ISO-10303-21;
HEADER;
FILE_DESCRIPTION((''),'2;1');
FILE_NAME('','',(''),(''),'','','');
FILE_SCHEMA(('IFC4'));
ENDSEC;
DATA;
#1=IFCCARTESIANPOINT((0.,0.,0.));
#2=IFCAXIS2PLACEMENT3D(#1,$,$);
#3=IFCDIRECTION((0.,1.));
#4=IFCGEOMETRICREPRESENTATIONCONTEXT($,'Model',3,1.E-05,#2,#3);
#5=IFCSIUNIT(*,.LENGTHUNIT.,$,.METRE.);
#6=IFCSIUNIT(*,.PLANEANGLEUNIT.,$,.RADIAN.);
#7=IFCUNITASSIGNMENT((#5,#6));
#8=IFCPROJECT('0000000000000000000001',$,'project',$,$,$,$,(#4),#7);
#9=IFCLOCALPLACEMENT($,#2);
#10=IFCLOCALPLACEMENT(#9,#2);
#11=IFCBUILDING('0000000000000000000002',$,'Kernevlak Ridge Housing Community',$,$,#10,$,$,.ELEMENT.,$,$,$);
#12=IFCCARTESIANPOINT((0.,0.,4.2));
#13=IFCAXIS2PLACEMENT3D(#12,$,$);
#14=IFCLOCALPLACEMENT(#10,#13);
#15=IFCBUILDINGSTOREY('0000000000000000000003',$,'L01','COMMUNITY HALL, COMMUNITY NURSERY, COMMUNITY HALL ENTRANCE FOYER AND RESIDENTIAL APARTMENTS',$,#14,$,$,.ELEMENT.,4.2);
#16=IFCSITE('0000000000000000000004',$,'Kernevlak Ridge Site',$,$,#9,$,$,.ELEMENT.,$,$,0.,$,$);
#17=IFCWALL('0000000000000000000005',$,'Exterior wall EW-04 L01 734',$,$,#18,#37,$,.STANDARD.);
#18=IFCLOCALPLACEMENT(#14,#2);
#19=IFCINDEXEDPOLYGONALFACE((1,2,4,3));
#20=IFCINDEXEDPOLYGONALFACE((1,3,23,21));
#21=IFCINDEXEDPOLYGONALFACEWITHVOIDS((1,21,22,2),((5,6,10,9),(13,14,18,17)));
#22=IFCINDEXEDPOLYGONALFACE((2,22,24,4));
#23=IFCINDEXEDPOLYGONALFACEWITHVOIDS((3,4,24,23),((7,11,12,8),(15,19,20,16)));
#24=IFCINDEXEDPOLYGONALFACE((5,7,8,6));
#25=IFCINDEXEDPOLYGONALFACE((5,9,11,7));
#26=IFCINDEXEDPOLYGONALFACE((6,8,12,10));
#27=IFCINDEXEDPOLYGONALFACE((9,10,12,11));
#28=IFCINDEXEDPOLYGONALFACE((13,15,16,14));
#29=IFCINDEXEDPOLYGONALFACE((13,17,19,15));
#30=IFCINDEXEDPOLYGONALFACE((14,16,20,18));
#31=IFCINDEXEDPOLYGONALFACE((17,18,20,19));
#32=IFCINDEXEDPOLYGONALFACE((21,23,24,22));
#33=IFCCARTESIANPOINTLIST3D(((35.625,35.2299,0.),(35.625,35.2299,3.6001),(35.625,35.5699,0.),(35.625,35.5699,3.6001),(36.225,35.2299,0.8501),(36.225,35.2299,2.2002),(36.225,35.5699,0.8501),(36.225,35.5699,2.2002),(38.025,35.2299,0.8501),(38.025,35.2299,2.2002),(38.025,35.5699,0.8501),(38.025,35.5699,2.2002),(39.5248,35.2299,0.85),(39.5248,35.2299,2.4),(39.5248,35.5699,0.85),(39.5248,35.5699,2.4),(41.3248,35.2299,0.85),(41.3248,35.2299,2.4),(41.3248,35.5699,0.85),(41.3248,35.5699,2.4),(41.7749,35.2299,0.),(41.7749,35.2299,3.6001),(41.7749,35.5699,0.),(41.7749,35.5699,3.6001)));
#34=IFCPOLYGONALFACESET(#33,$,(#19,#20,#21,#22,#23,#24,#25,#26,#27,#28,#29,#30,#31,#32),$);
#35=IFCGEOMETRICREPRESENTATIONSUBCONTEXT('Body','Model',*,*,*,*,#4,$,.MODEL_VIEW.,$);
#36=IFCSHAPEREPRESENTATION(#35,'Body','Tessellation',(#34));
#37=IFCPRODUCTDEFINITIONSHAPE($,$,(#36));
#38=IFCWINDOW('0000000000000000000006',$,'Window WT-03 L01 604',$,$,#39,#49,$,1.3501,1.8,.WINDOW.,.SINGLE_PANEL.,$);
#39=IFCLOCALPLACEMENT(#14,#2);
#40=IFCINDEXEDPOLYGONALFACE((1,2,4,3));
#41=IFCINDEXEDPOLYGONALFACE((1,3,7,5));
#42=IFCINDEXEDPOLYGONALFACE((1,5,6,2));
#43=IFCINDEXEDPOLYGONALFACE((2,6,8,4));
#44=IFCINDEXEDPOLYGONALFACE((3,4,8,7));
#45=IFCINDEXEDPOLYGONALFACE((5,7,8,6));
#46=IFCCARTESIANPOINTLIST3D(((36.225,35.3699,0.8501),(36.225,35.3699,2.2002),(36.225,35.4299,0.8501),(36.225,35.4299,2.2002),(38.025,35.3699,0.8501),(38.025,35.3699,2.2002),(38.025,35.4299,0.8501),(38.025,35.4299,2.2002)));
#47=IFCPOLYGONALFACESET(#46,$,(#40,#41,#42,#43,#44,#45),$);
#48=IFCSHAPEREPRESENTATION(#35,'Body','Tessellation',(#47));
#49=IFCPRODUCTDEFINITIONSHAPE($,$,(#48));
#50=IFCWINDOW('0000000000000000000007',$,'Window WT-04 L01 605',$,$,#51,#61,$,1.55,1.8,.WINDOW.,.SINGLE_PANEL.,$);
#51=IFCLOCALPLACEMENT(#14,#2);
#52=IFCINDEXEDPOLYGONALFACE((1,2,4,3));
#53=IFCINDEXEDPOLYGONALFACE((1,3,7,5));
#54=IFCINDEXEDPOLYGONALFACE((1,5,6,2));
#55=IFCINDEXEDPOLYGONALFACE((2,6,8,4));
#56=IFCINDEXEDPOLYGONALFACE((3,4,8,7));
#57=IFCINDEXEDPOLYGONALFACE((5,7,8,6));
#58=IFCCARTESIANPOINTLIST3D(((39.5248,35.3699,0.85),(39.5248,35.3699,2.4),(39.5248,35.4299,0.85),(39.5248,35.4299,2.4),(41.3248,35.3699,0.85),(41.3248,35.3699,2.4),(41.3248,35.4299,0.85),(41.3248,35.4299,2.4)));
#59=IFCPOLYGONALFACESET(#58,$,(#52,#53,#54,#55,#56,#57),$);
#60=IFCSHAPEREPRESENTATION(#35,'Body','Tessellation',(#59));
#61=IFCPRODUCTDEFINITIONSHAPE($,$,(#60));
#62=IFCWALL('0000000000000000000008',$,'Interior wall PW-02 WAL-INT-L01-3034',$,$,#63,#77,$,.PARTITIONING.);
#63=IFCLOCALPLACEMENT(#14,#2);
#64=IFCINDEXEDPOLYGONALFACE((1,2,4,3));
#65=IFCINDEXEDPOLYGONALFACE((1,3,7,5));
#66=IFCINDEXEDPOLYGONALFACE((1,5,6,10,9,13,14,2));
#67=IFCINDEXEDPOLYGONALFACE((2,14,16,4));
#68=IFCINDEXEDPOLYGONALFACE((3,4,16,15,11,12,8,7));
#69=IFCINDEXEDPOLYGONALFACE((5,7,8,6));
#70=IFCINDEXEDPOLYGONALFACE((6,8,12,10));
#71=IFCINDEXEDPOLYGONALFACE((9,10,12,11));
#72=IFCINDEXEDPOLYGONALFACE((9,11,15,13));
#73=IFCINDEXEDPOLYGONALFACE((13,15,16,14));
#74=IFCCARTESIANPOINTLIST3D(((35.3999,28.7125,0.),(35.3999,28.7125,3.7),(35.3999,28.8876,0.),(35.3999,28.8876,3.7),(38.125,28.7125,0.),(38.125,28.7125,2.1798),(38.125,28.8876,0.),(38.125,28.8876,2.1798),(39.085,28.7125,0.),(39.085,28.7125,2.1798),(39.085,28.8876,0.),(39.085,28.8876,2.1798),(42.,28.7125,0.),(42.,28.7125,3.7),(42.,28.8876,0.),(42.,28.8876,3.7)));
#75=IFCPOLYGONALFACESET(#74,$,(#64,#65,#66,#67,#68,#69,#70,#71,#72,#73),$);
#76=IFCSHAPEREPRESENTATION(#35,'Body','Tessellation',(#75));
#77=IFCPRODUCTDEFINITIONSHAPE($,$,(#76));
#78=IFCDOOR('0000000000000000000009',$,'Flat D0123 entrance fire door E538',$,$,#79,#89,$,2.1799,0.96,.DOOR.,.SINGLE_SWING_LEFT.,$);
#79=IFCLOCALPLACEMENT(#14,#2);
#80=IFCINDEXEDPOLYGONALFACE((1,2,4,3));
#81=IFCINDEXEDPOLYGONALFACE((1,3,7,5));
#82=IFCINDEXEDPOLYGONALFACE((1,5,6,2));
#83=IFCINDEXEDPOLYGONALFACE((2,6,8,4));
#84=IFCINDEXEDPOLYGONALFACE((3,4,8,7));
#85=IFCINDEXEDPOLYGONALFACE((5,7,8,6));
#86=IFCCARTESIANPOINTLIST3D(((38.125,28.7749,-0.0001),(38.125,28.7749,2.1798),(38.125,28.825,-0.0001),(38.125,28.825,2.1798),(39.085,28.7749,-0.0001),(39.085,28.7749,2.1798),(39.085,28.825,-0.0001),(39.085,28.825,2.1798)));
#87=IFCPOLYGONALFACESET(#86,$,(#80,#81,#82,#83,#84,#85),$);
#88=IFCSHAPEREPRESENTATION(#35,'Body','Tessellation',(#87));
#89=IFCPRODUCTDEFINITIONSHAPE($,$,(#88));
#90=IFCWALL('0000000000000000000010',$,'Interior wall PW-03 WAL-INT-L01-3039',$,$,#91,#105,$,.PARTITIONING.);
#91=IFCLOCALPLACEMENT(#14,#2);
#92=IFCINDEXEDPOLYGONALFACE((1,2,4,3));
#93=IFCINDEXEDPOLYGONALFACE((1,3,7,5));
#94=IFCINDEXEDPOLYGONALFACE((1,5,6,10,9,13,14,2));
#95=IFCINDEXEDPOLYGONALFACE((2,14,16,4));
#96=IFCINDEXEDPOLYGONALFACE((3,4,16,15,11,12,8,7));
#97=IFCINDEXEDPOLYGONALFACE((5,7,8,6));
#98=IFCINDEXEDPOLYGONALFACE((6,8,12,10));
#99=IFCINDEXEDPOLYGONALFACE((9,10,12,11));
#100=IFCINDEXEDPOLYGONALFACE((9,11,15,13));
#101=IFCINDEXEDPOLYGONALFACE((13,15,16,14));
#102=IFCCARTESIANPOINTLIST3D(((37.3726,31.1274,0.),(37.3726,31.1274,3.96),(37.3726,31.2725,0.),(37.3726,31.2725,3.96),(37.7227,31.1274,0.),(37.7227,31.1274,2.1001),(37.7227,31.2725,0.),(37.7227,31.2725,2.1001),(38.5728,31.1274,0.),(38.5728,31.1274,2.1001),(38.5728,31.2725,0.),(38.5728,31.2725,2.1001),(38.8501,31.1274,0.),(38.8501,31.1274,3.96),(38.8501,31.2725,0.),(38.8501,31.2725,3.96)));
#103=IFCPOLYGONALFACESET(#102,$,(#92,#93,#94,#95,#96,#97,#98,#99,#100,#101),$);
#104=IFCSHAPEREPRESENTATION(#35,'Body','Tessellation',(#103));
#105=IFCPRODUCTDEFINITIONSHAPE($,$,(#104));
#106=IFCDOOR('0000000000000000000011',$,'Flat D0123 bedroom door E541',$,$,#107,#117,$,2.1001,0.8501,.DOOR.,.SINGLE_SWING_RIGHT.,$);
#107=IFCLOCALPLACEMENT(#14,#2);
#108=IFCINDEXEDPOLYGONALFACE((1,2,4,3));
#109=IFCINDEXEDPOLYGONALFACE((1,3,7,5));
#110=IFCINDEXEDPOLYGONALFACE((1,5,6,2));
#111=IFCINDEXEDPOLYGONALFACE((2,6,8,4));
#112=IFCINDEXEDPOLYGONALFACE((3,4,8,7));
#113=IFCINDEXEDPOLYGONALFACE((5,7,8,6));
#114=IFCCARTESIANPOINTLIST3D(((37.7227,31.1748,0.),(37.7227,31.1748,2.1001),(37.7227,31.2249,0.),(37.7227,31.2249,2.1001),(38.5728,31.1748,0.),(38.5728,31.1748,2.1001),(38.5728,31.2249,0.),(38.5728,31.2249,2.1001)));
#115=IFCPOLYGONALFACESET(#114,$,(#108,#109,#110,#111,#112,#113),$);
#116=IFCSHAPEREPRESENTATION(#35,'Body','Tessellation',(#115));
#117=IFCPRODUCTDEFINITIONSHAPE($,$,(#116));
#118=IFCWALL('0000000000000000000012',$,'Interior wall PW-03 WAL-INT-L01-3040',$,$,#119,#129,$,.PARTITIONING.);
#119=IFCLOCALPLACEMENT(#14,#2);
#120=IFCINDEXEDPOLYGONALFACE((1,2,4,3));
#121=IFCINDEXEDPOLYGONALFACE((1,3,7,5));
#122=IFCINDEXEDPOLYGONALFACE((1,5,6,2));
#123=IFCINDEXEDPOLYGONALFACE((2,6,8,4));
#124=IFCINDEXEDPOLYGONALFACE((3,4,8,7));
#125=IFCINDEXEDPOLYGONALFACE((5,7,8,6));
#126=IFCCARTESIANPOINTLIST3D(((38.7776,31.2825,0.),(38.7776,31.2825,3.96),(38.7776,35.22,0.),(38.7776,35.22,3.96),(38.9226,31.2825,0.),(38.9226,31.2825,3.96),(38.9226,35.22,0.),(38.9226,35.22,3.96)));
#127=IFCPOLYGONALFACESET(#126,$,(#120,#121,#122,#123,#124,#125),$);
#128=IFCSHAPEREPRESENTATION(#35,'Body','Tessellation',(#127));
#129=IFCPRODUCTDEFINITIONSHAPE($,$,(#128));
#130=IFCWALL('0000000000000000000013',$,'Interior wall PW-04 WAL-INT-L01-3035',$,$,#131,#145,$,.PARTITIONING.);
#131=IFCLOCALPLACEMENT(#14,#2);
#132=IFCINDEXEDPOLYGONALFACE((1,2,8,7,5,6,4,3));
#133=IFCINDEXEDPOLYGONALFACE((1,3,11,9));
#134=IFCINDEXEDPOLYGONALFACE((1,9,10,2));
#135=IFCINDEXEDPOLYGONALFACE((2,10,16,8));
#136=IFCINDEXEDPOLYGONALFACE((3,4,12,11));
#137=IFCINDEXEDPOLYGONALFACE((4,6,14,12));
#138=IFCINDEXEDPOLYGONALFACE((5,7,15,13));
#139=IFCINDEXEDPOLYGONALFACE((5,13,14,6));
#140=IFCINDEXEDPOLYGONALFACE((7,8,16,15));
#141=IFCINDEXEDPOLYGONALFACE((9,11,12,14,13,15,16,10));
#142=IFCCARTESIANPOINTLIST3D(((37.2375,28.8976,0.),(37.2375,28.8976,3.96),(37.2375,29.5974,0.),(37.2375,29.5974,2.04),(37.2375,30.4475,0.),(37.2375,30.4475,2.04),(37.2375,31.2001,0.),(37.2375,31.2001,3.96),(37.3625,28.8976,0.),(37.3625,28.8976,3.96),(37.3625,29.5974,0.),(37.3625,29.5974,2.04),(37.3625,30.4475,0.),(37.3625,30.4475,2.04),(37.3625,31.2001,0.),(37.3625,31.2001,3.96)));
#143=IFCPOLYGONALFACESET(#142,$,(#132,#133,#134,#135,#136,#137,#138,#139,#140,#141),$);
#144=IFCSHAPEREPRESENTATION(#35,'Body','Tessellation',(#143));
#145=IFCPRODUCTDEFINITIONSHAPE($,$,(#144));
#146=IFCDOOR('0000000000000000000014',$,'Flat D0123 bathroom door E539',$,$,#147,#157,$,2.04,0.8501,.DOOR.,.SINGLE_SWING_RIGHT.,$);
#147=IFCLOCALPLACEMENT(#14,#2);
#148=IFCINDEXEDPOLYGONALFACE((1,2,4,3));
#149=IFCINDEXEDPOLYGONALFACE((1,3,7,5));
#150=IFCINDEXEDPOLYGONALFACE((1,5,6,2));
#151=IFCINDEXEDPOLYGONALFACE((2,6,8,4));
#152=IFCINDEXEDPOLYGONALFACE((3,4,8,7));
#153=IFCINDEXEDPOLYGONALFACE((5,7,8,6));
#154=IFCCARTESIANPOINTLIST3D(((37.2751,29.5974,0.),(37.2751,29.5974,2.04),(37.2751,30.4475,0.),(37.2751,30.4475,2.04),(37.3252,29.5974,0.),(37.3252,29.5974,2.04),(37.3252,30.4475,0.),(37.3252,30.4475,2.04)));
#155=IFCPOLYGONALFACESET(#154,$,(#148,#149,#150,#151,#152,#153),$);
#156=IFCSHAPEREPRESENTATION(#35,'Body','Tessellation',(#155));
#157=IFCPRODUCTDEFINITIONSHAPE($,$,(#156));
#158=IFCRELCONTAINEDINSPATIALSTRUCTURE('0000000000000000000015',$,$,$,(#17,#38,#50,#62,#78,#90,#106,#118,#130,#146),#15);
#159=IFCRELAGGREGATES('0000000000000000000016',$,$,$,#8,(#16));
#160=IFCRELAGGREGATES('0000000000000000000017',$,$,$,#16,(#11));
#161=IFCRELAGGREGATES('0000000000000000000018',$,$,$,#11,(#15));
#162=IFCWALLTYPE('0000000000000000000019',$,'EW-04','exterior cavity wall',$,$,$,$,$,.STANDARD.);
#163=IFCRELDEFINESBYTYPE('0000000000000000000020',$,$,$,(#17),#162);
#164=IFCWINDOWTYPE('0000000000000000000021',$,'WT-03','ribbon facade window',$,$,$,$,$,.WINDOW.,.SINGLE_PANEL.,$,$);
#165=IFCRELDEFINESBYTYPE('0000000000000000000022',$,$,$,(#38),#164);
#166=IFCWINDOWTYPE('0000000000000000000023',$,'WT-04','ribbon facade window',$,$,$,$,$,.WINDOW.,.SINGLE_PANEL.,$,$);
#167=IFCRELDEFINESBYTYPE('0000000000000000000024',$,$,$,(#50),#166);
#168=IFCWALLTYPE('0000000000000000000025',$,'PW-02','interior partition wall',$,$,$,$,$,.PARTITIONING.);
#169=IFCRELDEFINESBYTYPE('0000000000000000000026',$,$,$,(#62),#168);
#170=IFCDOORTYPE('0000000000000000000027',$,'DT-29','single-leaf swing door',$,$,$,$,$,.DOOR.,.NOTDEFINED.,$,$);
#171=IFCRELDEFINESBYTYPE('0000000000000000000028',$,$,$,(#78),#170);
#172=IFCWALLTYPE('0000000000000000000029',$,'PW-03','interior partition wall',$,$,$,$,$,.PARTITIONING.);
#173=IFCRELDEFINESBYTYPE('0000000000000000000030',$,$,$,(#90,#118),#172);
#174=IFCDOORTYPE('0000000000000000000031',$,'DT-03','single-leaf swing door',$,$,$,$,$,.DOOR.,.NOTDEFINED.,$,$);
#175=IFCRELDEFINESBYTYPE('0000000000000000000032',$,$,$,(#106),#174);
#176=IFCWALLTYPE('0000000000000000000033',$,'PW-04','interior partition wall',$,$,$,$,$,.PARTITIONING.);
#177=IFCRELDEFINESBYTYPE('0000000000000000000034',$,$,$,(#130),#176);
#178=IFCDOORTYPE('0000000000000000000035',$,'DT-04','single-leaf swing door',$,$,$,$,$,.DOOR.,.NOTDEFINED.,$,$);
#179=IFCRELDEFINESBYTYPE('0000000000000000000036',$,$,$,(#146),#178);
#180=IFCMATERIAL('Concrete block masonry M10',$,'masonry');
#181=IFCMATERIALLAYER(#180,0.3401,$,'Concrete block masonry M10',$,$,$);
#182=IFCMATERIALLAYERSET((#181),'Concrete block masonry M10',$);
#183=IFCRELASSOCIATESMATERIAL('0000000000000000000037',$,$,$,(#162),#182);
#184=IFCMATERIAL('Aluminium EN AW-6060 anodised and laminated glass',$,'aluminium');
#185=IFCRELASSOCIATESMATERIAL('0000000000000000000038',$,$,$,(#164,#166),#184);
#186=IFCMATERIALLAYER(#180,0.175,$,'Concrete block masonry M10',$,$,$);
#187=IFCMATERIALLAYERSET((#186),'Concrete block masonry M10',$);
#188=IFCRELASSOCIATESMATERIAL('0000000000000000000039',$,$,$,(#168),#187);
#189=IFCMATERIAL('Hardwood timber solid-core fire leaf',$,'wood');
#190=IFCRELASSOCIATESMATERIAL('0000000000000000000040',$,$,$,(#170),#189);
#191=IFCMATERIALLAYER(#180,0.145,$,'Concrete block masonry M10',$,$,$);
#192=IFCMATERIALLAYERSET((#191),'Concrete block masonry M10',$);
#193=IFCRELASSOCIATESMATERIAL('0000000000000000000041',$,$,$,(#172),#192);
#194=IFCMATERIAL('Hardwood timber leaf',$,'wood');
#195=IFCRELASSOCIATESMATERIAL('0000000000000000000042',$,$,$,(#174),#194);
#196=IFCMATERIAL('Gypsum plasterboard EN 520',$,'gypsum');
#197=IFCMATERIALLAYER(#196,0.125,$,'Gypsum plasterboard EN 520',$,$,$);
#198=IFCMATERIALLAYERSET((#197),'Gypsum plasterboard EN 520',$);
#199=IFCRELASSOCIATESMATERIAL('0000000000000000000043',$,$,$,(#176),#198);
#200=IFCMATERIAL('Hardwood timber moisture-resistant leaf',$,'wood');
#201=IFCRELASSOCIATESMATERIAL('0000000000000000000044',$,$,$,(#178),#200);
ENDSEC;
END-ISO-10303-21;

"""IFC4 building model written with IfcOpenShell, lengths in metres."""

from ifc_helpers import new_model, si_unit, direction, frame, frame_2d, origin, place, context, subcontext, project, spatial, rectangle, extrude, material, layer, layer_set, type_object, element, fill, save


model = new_model("IFC4")

# Units and contexts
model_context = context("Model", 3, precision=1e-05, world=origin(), true_north=direction((0.0, 1.0)))
body_context = subcontext(model_context, "Body", "Model", "MODEL_VIEW")
ifc_project = project(units=[si_unit("LENGTHUNIT", "METRE"), si_unit("PLANEANGLEUNIT", "RADIAN")], contexts=[model_context])

# Site, building, storey
site_placement = place(None, origin())
site = spatial("IfcSite", under=ifc_project, at=site_placement, Name="Kernevlak Ridge Site", CompositionType="ELEMENT", RefElevation=0.0)
building_placement = place(site_placement, origin())
building = spatial("IfcBuilding", under=site, at=building_placement, Name="Kernevlak Ridge Housing Community", CompositionType="ELEMENT")
storey_placement = place(building_placement, frame((0.0, 0.0, 4.2)))
storey = spatial("IfcBuildingStorey", under=building, at=storey_placement, Name="L01", Description="COMMUNITY HALL, COMMUNITY NURSERY, COMMUNITY HALL ENTRANCE FOYER AND RESIDENTIAL APARTMENTS", CompositionType="ELEMENT", Elevation=4.2)

# Shared definitions
ifc_material_1 = material(Name="Aluminium EN AW-6060 anodised and laminated glass", Category="aluminium")

# Wall, openings, windows
ifc_material_2 = material(Name="Concrete block masonry M10", Category="masonry")
ifc_layer_1 = layer(ifc_material_2, 0.3401, Name="Concrete block masonry M10")
ifc_layer_set_1 = layer_set([ifc_layer_1], Name="Concrete block masonry M10")
wall_type_1 = type_object("IfcWallType", Name="EW-04", Description="exterior cavity wall", PredefinedType="STANDARD", material=ifc_layer_set_1)
wall_1_placement = place(storey_placement, frame((35.625, 35.3999, 0.0), z_axis=(0.0, 0.0, 1.0), x_axis=(1.0, 0.0, 0.0)))
wall_1 = element("IfcWall", 1, at=wall_1_placement, inside=storey, type_object=wall_type_1, Name="Exterior wall EW-04 L01 734", PredefinedType="STANDARD", context=body_context, shape_type="SweptSolid", body=[
    extrude(rectangle(XDim=6.1499, YDim=0.3401, at=frame_2d((3.075, 0.0))), origin(), (0.0, 0.0, 1.0), 3.6001),
])
opening_1_placement = place(wall_1_placement, frame((0.6001, 0.0, 0.8501)))
opening_1 = element("IfcOpeningElement", 2, at=opening_1_placement, cuts=wall_1, PredefinedType="OPENING", context=body_context, shape_type="SweptSolid", body=[
    extrude(rectangle(XDim=1.8, YDim=1.3501, at=frame_2d((0.8999, 0.675))), frame((0.0, 0.1799, 0.0), z_axis=(0.0, -1.0, 0.0), x_axis=(1.0, 0.0, 0.0)), (0.0, 0.0, 1.0), 0.3601),
])
opening_2_placement = place(wall_1_placement, frame((3.8999, 0.0, 0.8501)))
opening_2 = element("IfcOpeningElement", 3, at=opening_2_placement, cuts=wall_1, PredefinedType="OPENING", context=body_context, shape_type="SweptSolid", body=[
    extrude(rectangle(XDim=1.8, YDim=1.55, at=frame_2d((0.8999, 0.7749))), frame((0.0, 0.1799, 0.0), z_axis=(0.0, -1.0, 0.0), x_axis=(1.0, 0.0, 0.0)), (0.0, 0.0, 1.0), 0.3601),
])
window_type_1 = type_object("IfcWindowType", Name="WT-03", Description="ribbon facade window", PartitioningType="SINGLE_PANEL", PredefinedType="WINDOW", material=ifc_material_1)
window_1_placement = place(opening_1_placement, origin())
window_1 = element("IfcWindow", 4, at=window_1_placement, inside=storey, type_object=window_type_1, Name="Window WT-03 L01 604", OverallHeight=1.3501, OverallWidth=1.8, PartitioningType="SINGLE_PANEL", PredefinedType="WINDOW", context=body_context, shape_type="SweptSolid", body=[
    extrude(rectangle(XDim=1.8, YDim=1.3501, at=frame_2d((0.8999, 0.675))), frame((0.0, 0.03, 0.0), z_axis=(0.0, -1.0, 0.0), x_axis=(1.0, 0.0, 0.0)), (0.0, 0.0, 1.0), 0.0601),
])
fill(opening_1, window_1)
window_type_2 = type_object("IfcWindowType", Name="WT-04", Description="ribbon facade window", PartitioningType="SINGLE_PANEL", PredefinedType="WINDOW", material=ifc_material_1)
window_2_placement = place(opening_2_placement, origin())
window_2 = element("IfcWindow", 5, at=window_2_placement, inside=storey, type_object=window_type_2, Name="Window WT-04 L01 605", OverallHeight=1.55, OverallWidth=1.8, PartitioningType="SINGLE_PANEL", PredefinedType="WINDOW", context=body_context, shape_type="SweptSolid", body=[
    extrude(rectangle(XDim=1.8, YDim=1.55, at=frame_2d((0.8999, 0.7749))), frame((0.0, 0.03, 0.0), z_axis=(0.0, -1.0, 0.0), x_axis=(1.0, 0.0, 0.0)), (0.0, 0.0, 1.0), 0.0601),
])
fill(opening_2, window_2)

# Walls, openings, doors
ifc_layer_2 = layer(ifc_material_2, 0.175, Name="Concrete block masonry M10")
ifc_layer_set_2 = layer_set([ifc_layer_2], Name="Concrete block masonry M10")
wall_type_2 = type_object("IfcWallType", Name="PW-02", Description="interior partition wall", PredefinedType="PARTITIONING", material=ifc_layer_set_2)
wall_2_placement = place(storey_placement, frame((35.3999, 28.8, 0.0), z_axis=(0.0, 0.0, 1.0), x_axis=(1.0, 0.0, 0.0)))
wall_2 = element("IfcWall", 6, at=wall_2_placement, inside=storey, type_object=wall_type_2, Name="Interior wall PW-02 WAL-INT-L01-3034", PredefinedType="PARTITIONING", context=body_context, shape_type="SweptSolid", body=[
    extrude(rectangle(XDim=6.6001, YDim=0.175, at=frame_2d((3.3, 0.0))), origin(), (0.0, 0.0, 1.0), 3.7),
])
opening_3_placement = place(wall_2_placement, frame((2.7251, 0.0, 0.0)))
opening_3 = element("IfcOpeningElement", 7, at=opening_3_placement, cuts=wall_2, PredefinedType="OPENING", context=body_context, shape_type="SweptSolid", body=[
    extrude(rectangle(XDim=0.96, YDim=2.1799, at=frame_2d((0.48, 1.0898))), frame((0.0, 0.0974, 0.0), z_axis=(0.0, -1.0, 0.0), x_axis=(1.0, 0.0, 0.0)), (0.0, 0.0, 1.0), 0.1951),
])
ifc_material_3 = material(Name="Hardwood timber solid-core fire leaf", Category="wood")
door_type_1 = type_object("IfcDoorType", Name="DT-29", Description="single-leaf swing door", OperationType="NOTDEFINED", PredefinedType="DOOR", material=ifc_material_3)
door_1_placement = place(opening_3_placement, origin())
door_1 = element("IfcDoor", 8, at=door_1_placement, inside=storey, type_object=door_type_1, Name="Flat D0123 entrance fire door E538", OperationType="SINGLE_SWING_LEFT", OverallHeight=2.1799, OverallWidth=0.96, PredefinedType="DOOR", context=body_context, shape_type="SweptSolid", body=[
    extrude(rectangle(XDim=0.96, YDim=2.1799, at=frame_2d((0.48, 1.0898))), frame((0.0, 0.0249, 0.0), z_axis=(0.0, -1.0, 0.0), x_axis=(1.0, 0.0, 0.0)), (0.0, 0.0, 1.0), 0.05),
])
fill(opening_3, door_1)
ifc_layer_3 = layer(ifc_material_2, 0.145, Name="Concrete block masonry M10")
ifc_layer_set_3 = layer_set([ifc_layer_3], Name="Concrete block masonry M10")
wall_type_3 = type_object("IfcWallType", Name="PW-03", Description="interior partition wall", PredefinedType="PARTITIONING", material=ifc_layer_set_3)
wall_3_placement = place(storey_placement, frame((37.3726, 31.2, 0.0), z_axis=(0.0, 0.0, 1.0), x_axis=(1.0, 0.0, 0.0)))
wall_3 = element("IfcWall", 9, at=wall_3_placement, inside=storey, type_object=wall_type_3, Name="Interior wall PW-03 WAL-INT-L01-3039", PredefinedType="PARTITIONING", context=body_context, shape_type="SweptSolid", body=[
    extrude(rectangle(XDim=1.4775, YDim=0.145, at=frame_2d((0.7388, 0.0))), origin(), (0.0, 0.0, 1.0), 3.96),
])
opening_4_placement = place(wall_3_placement, frame((0.3501, 0.0, 0.0)))
opening_4 = element("IfcOpeningElement", 10, at=opening_4_placement, cuts=wall_3, PredefinedType="OPENING", context=body_context, shape_type="SweptSolid", body=[
    extrude(rectangle(XDim=0.8501, YDim=2.1001, at=frame_2d((0.425, 1.05))), frame((0.0, 0.0825, 0.0), z_axis=(0.0, -1.0, 0.0), x_axis=(1.0, 0.0, 0.0)), (0.0, 0.0, 1.0), 0.165),
])
ifc_material_4 = material(Name="Hardwood timber leaf", Category="wood")
door_type_2 = type_object("IfcDoorType", Name="DT-03", Description="single-leaf swing door", OperationType="NOTDEFINED", PredefinedType="DOOR", material=ifc_material_4)
door_2_placement = place(opening_4_placement, origin())
door_2 = element("IfcDoor", 11, at=door_2_placement, inside=storey, type_object=door_type_2, Name="Flat D0123 bedroom door E541", OperationType="SINGLE_SWING_RIGHT", OverallHeight=2.1001, OverallWidth=0.8501, PredefinedType="DOOR", context=body_context, shape_type="SweptSolid", body=[
    extrude(rectangle(XDim=0.8501, YDim=2.1001, at=frame_2d((0.425, 1.05))), frame((0.0, 0.0249, 0.0), z_axis=(0.0, -1.0, 0.0), x_axis=(1.0, 0.0, 0.0)), (0.0, 0.0, 1.0), 0.05),
])
fill(opening_4, door_2)

# Wall
wall_4_placement = place(storey_placement, frame((38.8501, 31.2825, 0.0), z_axis=(0.0, 0.0, 1.0), x_axis=(0.0, 1.0, 0.0)))
element("IfcWall", 12, at=wall_4_placement, inside=storey, type_object=wall_type_3, Name="Interior wall PW-03 WAL-INT-L01-3040", PredefinedType="PARTITIONING", context=body_context, shape_type="SweptSolid", body=[
    extrude(rectangle(XDim=3.9375, YDim=0.145, at=frame_2d((1.9688, 0.0))), origin(), (0.0, 0.0, 1.0), 3.96),
])

# Wall, opening, door
ifc_material_5 = material(Name="Gypsum plasterboard EN 520", Category="gypsum")
ifc_layer_4 = layer(ifc_material_5, 0.125, Name="Gypsum plasterboard EN 520")
ifc_layer_set_4 = layer_set([ifc_layer_4], Name="Gypsum plasterboard EN 520")
wall_type_4 = type_object("IfcWallType", Name="PW-04", Description="interior partition wall", PredefinedType="PARTITIONING", material=ifc_layer_set_4)
wall_5_placement = place(storey_placement, frame((37.3, 28.8975, 0.0), z_axis=(0.0, 0.0, 1.0), x_axis=(0.0, 1.0, 0.0)))
wall_5 = element("IfcWall", 13, at=wall_5_placement, inside=storey, type_object=wall_type_4, Name="Interior wall PW-04 WAL-INT-L01-3035", PredefinedType="PARTITIONING", context=body_context, shape_type="SweptSolid", body=[
    extrude(rectangle(XDim=2.3025, YDim=0.125, at=frame_2d((1.1514, 0.0))), origin(), (0.0, 0.0, 1.0), 3.96),
])
opening_5_placement = place(wall_5_placement, frame((0.7, 0.0, 0.0)))
opening_5 = element("IfcOpeningElement", 14, at=opening_5_placement, cuts=wall_5, PredefinedType="OPENING", context=body_context, shape_type="SweptSolid", body=[
    extrude(rectangle(XDim=0.8501, YDim=2.04, at=frame_2d((0.425, 1.02))), frame((0.0, 0.0725, 0.0), z_axis=(0.0, -1.0, 0.0), x_axis=(1.0, 0.0, 0.0)), (0.0, 0.0, 1.0), 0.145),
])
ifc_material_6 = material(Name="Hardwood timber moisture-resistant leaf", Category="wood")
door_type_3 = type_object("IfcDoorType", Name="DT-04", Description="single-leaf swing door", OperationType="NOTDEFINED", PredefinedType="DOOR", material=ifc_material_6)
door_3_placement = place(opening_5_placement, origin())
door_3 = element("IfcDoor", 15, at=door_3_placement, inside=storey, type_object=door_type_3, Name="Flat D0123 bathroom door E539", OperationType="SINGLE_SWING_RIGHT", OverallHeight=2.04, OverallWidth=0.8501, PredefinedType="DOOR", context=body_context, shape_type="SweptSolid", body=[
    extrude(rectangle(XDim=0.8501, YDim=2.04, at=frame_2d((0.425, 1.02))), frame((0.0, 0.0249, 0.0), z_axis=(0.0, -1.0, 0.0), x_axis=(1.0, 0.0, 0.0)), (0.0, 0.0, 1.0), 0.05),
])
fill(opening_5, door_3)

save(model, "model.ifc")
